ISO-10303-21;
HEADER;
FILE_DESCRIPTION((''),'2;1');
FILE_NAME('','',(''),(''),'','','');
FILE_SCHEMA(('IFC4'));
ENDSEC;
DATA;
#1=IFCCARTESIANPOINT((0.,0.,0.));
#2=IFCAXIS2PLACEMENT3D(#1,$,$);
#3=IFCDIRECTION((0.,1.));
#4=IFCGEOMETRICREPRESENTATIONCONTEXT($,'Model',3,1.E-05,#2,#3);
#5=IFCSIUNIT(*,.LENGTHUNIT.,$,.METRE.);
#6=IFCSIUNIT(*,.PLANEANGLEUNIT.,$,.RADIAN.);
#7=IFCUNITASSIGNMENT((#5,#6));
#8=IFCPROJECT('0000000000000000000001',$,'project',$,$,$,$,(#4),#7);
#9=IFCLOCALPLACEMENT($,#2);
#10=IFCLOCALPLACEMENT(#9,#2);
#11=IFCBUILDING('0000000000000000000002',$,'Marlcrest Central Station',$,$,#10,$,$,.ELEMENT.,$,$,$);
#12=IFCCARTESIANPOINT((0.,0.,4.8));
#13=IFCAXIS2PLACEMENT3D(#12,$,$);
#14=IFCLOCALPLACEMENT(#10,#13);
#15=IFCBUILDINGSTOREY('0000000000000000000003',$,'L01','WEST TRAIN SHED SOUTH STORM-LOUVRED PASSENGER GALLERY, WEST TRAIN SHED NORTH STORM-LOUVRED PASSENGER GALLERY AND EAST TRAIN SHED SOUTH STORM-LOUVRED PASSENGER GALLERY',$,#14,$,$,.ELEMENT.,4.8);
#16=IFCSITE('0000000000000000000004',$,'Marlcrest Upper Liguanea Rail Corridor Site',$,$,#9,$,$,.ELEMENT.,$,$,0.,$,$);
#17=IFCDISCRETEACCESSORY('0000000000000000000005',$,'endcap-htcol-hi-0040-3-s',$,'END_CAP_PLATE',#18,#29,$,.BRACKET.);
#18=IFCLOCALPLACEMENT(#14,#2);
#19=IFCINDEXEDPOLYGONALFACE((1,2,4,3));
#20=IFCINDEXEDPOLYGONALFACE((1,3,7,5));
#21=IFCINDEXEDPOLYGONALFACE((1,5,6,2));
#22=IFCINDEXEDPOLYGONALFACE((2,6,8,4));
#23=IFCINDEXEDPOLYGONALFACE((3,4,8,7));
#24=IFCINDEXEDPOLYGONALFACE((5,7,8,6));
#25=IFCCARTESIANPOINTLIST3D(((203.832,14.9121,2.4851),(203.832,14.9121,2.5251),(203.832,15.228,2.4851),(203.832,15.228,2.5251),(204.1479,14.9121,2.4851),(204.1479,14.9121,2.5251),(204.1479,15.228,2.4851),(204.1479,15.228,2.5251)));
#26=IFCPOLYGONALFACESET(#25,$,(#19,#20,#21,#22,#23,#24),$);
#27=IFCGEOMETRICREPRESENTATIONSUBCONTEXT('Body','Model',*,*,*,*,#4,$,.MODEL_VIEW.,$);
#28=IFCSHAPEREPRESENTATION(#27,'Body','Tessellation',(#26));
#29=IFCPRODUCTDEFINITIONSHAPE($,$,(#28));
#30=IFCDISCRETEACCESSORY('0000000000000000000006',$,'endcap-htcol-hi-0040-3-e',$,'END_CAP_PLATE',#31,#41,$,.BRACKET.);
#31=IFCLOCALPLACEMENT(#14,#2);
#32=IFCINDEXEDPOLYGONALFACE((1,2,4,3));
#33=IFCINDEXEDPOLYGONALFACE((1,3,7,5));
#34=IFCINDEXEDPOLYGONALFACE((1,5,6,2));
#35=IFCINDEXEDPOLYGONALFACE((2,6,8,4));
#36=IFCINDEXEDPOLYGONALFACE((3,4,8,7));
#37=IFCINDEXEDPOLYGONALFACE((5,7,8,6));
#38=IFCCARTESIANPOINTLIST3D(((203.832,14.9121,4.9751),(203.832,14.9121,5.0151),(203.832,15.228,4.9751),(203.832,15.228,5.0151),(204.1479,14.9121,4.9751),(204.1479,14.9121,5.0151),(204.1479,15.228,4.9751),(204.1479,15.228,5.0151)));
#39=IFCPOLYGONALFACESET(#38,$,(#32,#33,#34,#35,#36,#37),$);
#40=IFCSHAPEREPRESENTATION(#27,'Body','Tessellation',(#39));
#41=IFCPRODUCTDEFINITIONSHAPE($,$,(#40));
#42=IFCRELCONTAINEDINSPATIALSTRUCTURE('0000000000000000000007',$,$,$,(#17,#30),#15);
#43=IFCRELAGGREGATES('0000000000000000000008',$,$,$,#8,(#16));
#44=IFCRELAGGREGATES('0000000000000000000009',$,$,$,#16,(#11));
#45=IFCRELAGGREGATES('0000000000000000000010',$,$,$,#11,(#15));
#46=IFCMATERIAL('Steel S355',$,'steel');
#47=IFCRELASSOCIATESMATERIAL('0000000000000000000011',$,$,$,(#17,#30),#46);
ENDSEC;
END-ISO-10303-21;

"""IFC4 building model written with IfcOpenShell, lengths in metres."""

from ifc_helpers import new_model, si_unit, direction, frame, origin, origin_2d, place, context, subcontext, project, spatial, rectangle, extrude, material, element, save


model = new_model("IFC4")

# Units and contexts
model_context = context("Model", 3, precision=1e-05, world=origin(), true_north=direction((0.0, 1.0)))
body_context = subcontext(model_context, "Body", "Model", "MODEL_VIEW")
ifc_project = project(units=[si_unit("LENGTHUNIT", "METRE"), si_unit("PLANEANGLEUNIT", "RADIAN")], contexts=[model_context])

# Site, building, storey
site_placement = place(None, origin())
site = spatial("IfcSite", under=ifc_project, at=site_placement, Name="Marlcrest Upper Liguanea Rail Corridor Site", CompositionType="ELEMENT", RefElevation=0.0)
building_placement = place(site_placement, origin())
building = spatial("IfcBuilding", under=site, at=building_placement, Name="Marlcrest Central Station", CompositionType="ELEMENT")
storey_placement = place(building_placement, frame((0.0, 0.0, 4.8)))
storey = spatial("IfcBuildingStorey", under=building, at=storey_placement, Name="L01", Description="WEST TRAIN SHED SOUTH STORM-LOUVRED PASSENGER GALLERY, WEST TRAIN SHED NORTH STORM-LOUVRED PASSENGER GALLERY AND EAST TRAIN SHED SOUTH STORM-LOUVRED PASSENGER GALLERY", CompositionType="ELEMENT", Elevation=4.8)

# Shared definitions
ifc_material_1 = material(Name="Steel S355", Category="steel")

# Discrete accessories
for number, where, z_axis, x_axis, name in (
    (1, (203.99, 15.0701, 2.4851), (0.0, 0.0, 1.0), (1.0, 0.0, 0.0), "endcap-htcol-hi-0040-3-s"),
    (2, (203.99, 15.0701, 4.9751), (0.0, 0.0, 1.0), (1.0, 0.0, 0.0), "endcap-htcol-hi-0040-3-e"),
):
    element("IfcDiscreteAccessory", number, at=place(storey_placement, frame(where, z_axis=z_axis, x_axis=x_axis)), inside=storey, material=ifc_material_1, Name=name, ObjectType="END_CAP_PLATE", PredefinedType="BRACKET", context=body_context, shape_type="SweptSolid", body=[
        extrude(rectangle(XDim=0.3159, YDim=0.3159, at=origin_2d()), origin(), (0.0, 0.0, 1.0), 0.04),
    ])

save(model, "model.ifc")
